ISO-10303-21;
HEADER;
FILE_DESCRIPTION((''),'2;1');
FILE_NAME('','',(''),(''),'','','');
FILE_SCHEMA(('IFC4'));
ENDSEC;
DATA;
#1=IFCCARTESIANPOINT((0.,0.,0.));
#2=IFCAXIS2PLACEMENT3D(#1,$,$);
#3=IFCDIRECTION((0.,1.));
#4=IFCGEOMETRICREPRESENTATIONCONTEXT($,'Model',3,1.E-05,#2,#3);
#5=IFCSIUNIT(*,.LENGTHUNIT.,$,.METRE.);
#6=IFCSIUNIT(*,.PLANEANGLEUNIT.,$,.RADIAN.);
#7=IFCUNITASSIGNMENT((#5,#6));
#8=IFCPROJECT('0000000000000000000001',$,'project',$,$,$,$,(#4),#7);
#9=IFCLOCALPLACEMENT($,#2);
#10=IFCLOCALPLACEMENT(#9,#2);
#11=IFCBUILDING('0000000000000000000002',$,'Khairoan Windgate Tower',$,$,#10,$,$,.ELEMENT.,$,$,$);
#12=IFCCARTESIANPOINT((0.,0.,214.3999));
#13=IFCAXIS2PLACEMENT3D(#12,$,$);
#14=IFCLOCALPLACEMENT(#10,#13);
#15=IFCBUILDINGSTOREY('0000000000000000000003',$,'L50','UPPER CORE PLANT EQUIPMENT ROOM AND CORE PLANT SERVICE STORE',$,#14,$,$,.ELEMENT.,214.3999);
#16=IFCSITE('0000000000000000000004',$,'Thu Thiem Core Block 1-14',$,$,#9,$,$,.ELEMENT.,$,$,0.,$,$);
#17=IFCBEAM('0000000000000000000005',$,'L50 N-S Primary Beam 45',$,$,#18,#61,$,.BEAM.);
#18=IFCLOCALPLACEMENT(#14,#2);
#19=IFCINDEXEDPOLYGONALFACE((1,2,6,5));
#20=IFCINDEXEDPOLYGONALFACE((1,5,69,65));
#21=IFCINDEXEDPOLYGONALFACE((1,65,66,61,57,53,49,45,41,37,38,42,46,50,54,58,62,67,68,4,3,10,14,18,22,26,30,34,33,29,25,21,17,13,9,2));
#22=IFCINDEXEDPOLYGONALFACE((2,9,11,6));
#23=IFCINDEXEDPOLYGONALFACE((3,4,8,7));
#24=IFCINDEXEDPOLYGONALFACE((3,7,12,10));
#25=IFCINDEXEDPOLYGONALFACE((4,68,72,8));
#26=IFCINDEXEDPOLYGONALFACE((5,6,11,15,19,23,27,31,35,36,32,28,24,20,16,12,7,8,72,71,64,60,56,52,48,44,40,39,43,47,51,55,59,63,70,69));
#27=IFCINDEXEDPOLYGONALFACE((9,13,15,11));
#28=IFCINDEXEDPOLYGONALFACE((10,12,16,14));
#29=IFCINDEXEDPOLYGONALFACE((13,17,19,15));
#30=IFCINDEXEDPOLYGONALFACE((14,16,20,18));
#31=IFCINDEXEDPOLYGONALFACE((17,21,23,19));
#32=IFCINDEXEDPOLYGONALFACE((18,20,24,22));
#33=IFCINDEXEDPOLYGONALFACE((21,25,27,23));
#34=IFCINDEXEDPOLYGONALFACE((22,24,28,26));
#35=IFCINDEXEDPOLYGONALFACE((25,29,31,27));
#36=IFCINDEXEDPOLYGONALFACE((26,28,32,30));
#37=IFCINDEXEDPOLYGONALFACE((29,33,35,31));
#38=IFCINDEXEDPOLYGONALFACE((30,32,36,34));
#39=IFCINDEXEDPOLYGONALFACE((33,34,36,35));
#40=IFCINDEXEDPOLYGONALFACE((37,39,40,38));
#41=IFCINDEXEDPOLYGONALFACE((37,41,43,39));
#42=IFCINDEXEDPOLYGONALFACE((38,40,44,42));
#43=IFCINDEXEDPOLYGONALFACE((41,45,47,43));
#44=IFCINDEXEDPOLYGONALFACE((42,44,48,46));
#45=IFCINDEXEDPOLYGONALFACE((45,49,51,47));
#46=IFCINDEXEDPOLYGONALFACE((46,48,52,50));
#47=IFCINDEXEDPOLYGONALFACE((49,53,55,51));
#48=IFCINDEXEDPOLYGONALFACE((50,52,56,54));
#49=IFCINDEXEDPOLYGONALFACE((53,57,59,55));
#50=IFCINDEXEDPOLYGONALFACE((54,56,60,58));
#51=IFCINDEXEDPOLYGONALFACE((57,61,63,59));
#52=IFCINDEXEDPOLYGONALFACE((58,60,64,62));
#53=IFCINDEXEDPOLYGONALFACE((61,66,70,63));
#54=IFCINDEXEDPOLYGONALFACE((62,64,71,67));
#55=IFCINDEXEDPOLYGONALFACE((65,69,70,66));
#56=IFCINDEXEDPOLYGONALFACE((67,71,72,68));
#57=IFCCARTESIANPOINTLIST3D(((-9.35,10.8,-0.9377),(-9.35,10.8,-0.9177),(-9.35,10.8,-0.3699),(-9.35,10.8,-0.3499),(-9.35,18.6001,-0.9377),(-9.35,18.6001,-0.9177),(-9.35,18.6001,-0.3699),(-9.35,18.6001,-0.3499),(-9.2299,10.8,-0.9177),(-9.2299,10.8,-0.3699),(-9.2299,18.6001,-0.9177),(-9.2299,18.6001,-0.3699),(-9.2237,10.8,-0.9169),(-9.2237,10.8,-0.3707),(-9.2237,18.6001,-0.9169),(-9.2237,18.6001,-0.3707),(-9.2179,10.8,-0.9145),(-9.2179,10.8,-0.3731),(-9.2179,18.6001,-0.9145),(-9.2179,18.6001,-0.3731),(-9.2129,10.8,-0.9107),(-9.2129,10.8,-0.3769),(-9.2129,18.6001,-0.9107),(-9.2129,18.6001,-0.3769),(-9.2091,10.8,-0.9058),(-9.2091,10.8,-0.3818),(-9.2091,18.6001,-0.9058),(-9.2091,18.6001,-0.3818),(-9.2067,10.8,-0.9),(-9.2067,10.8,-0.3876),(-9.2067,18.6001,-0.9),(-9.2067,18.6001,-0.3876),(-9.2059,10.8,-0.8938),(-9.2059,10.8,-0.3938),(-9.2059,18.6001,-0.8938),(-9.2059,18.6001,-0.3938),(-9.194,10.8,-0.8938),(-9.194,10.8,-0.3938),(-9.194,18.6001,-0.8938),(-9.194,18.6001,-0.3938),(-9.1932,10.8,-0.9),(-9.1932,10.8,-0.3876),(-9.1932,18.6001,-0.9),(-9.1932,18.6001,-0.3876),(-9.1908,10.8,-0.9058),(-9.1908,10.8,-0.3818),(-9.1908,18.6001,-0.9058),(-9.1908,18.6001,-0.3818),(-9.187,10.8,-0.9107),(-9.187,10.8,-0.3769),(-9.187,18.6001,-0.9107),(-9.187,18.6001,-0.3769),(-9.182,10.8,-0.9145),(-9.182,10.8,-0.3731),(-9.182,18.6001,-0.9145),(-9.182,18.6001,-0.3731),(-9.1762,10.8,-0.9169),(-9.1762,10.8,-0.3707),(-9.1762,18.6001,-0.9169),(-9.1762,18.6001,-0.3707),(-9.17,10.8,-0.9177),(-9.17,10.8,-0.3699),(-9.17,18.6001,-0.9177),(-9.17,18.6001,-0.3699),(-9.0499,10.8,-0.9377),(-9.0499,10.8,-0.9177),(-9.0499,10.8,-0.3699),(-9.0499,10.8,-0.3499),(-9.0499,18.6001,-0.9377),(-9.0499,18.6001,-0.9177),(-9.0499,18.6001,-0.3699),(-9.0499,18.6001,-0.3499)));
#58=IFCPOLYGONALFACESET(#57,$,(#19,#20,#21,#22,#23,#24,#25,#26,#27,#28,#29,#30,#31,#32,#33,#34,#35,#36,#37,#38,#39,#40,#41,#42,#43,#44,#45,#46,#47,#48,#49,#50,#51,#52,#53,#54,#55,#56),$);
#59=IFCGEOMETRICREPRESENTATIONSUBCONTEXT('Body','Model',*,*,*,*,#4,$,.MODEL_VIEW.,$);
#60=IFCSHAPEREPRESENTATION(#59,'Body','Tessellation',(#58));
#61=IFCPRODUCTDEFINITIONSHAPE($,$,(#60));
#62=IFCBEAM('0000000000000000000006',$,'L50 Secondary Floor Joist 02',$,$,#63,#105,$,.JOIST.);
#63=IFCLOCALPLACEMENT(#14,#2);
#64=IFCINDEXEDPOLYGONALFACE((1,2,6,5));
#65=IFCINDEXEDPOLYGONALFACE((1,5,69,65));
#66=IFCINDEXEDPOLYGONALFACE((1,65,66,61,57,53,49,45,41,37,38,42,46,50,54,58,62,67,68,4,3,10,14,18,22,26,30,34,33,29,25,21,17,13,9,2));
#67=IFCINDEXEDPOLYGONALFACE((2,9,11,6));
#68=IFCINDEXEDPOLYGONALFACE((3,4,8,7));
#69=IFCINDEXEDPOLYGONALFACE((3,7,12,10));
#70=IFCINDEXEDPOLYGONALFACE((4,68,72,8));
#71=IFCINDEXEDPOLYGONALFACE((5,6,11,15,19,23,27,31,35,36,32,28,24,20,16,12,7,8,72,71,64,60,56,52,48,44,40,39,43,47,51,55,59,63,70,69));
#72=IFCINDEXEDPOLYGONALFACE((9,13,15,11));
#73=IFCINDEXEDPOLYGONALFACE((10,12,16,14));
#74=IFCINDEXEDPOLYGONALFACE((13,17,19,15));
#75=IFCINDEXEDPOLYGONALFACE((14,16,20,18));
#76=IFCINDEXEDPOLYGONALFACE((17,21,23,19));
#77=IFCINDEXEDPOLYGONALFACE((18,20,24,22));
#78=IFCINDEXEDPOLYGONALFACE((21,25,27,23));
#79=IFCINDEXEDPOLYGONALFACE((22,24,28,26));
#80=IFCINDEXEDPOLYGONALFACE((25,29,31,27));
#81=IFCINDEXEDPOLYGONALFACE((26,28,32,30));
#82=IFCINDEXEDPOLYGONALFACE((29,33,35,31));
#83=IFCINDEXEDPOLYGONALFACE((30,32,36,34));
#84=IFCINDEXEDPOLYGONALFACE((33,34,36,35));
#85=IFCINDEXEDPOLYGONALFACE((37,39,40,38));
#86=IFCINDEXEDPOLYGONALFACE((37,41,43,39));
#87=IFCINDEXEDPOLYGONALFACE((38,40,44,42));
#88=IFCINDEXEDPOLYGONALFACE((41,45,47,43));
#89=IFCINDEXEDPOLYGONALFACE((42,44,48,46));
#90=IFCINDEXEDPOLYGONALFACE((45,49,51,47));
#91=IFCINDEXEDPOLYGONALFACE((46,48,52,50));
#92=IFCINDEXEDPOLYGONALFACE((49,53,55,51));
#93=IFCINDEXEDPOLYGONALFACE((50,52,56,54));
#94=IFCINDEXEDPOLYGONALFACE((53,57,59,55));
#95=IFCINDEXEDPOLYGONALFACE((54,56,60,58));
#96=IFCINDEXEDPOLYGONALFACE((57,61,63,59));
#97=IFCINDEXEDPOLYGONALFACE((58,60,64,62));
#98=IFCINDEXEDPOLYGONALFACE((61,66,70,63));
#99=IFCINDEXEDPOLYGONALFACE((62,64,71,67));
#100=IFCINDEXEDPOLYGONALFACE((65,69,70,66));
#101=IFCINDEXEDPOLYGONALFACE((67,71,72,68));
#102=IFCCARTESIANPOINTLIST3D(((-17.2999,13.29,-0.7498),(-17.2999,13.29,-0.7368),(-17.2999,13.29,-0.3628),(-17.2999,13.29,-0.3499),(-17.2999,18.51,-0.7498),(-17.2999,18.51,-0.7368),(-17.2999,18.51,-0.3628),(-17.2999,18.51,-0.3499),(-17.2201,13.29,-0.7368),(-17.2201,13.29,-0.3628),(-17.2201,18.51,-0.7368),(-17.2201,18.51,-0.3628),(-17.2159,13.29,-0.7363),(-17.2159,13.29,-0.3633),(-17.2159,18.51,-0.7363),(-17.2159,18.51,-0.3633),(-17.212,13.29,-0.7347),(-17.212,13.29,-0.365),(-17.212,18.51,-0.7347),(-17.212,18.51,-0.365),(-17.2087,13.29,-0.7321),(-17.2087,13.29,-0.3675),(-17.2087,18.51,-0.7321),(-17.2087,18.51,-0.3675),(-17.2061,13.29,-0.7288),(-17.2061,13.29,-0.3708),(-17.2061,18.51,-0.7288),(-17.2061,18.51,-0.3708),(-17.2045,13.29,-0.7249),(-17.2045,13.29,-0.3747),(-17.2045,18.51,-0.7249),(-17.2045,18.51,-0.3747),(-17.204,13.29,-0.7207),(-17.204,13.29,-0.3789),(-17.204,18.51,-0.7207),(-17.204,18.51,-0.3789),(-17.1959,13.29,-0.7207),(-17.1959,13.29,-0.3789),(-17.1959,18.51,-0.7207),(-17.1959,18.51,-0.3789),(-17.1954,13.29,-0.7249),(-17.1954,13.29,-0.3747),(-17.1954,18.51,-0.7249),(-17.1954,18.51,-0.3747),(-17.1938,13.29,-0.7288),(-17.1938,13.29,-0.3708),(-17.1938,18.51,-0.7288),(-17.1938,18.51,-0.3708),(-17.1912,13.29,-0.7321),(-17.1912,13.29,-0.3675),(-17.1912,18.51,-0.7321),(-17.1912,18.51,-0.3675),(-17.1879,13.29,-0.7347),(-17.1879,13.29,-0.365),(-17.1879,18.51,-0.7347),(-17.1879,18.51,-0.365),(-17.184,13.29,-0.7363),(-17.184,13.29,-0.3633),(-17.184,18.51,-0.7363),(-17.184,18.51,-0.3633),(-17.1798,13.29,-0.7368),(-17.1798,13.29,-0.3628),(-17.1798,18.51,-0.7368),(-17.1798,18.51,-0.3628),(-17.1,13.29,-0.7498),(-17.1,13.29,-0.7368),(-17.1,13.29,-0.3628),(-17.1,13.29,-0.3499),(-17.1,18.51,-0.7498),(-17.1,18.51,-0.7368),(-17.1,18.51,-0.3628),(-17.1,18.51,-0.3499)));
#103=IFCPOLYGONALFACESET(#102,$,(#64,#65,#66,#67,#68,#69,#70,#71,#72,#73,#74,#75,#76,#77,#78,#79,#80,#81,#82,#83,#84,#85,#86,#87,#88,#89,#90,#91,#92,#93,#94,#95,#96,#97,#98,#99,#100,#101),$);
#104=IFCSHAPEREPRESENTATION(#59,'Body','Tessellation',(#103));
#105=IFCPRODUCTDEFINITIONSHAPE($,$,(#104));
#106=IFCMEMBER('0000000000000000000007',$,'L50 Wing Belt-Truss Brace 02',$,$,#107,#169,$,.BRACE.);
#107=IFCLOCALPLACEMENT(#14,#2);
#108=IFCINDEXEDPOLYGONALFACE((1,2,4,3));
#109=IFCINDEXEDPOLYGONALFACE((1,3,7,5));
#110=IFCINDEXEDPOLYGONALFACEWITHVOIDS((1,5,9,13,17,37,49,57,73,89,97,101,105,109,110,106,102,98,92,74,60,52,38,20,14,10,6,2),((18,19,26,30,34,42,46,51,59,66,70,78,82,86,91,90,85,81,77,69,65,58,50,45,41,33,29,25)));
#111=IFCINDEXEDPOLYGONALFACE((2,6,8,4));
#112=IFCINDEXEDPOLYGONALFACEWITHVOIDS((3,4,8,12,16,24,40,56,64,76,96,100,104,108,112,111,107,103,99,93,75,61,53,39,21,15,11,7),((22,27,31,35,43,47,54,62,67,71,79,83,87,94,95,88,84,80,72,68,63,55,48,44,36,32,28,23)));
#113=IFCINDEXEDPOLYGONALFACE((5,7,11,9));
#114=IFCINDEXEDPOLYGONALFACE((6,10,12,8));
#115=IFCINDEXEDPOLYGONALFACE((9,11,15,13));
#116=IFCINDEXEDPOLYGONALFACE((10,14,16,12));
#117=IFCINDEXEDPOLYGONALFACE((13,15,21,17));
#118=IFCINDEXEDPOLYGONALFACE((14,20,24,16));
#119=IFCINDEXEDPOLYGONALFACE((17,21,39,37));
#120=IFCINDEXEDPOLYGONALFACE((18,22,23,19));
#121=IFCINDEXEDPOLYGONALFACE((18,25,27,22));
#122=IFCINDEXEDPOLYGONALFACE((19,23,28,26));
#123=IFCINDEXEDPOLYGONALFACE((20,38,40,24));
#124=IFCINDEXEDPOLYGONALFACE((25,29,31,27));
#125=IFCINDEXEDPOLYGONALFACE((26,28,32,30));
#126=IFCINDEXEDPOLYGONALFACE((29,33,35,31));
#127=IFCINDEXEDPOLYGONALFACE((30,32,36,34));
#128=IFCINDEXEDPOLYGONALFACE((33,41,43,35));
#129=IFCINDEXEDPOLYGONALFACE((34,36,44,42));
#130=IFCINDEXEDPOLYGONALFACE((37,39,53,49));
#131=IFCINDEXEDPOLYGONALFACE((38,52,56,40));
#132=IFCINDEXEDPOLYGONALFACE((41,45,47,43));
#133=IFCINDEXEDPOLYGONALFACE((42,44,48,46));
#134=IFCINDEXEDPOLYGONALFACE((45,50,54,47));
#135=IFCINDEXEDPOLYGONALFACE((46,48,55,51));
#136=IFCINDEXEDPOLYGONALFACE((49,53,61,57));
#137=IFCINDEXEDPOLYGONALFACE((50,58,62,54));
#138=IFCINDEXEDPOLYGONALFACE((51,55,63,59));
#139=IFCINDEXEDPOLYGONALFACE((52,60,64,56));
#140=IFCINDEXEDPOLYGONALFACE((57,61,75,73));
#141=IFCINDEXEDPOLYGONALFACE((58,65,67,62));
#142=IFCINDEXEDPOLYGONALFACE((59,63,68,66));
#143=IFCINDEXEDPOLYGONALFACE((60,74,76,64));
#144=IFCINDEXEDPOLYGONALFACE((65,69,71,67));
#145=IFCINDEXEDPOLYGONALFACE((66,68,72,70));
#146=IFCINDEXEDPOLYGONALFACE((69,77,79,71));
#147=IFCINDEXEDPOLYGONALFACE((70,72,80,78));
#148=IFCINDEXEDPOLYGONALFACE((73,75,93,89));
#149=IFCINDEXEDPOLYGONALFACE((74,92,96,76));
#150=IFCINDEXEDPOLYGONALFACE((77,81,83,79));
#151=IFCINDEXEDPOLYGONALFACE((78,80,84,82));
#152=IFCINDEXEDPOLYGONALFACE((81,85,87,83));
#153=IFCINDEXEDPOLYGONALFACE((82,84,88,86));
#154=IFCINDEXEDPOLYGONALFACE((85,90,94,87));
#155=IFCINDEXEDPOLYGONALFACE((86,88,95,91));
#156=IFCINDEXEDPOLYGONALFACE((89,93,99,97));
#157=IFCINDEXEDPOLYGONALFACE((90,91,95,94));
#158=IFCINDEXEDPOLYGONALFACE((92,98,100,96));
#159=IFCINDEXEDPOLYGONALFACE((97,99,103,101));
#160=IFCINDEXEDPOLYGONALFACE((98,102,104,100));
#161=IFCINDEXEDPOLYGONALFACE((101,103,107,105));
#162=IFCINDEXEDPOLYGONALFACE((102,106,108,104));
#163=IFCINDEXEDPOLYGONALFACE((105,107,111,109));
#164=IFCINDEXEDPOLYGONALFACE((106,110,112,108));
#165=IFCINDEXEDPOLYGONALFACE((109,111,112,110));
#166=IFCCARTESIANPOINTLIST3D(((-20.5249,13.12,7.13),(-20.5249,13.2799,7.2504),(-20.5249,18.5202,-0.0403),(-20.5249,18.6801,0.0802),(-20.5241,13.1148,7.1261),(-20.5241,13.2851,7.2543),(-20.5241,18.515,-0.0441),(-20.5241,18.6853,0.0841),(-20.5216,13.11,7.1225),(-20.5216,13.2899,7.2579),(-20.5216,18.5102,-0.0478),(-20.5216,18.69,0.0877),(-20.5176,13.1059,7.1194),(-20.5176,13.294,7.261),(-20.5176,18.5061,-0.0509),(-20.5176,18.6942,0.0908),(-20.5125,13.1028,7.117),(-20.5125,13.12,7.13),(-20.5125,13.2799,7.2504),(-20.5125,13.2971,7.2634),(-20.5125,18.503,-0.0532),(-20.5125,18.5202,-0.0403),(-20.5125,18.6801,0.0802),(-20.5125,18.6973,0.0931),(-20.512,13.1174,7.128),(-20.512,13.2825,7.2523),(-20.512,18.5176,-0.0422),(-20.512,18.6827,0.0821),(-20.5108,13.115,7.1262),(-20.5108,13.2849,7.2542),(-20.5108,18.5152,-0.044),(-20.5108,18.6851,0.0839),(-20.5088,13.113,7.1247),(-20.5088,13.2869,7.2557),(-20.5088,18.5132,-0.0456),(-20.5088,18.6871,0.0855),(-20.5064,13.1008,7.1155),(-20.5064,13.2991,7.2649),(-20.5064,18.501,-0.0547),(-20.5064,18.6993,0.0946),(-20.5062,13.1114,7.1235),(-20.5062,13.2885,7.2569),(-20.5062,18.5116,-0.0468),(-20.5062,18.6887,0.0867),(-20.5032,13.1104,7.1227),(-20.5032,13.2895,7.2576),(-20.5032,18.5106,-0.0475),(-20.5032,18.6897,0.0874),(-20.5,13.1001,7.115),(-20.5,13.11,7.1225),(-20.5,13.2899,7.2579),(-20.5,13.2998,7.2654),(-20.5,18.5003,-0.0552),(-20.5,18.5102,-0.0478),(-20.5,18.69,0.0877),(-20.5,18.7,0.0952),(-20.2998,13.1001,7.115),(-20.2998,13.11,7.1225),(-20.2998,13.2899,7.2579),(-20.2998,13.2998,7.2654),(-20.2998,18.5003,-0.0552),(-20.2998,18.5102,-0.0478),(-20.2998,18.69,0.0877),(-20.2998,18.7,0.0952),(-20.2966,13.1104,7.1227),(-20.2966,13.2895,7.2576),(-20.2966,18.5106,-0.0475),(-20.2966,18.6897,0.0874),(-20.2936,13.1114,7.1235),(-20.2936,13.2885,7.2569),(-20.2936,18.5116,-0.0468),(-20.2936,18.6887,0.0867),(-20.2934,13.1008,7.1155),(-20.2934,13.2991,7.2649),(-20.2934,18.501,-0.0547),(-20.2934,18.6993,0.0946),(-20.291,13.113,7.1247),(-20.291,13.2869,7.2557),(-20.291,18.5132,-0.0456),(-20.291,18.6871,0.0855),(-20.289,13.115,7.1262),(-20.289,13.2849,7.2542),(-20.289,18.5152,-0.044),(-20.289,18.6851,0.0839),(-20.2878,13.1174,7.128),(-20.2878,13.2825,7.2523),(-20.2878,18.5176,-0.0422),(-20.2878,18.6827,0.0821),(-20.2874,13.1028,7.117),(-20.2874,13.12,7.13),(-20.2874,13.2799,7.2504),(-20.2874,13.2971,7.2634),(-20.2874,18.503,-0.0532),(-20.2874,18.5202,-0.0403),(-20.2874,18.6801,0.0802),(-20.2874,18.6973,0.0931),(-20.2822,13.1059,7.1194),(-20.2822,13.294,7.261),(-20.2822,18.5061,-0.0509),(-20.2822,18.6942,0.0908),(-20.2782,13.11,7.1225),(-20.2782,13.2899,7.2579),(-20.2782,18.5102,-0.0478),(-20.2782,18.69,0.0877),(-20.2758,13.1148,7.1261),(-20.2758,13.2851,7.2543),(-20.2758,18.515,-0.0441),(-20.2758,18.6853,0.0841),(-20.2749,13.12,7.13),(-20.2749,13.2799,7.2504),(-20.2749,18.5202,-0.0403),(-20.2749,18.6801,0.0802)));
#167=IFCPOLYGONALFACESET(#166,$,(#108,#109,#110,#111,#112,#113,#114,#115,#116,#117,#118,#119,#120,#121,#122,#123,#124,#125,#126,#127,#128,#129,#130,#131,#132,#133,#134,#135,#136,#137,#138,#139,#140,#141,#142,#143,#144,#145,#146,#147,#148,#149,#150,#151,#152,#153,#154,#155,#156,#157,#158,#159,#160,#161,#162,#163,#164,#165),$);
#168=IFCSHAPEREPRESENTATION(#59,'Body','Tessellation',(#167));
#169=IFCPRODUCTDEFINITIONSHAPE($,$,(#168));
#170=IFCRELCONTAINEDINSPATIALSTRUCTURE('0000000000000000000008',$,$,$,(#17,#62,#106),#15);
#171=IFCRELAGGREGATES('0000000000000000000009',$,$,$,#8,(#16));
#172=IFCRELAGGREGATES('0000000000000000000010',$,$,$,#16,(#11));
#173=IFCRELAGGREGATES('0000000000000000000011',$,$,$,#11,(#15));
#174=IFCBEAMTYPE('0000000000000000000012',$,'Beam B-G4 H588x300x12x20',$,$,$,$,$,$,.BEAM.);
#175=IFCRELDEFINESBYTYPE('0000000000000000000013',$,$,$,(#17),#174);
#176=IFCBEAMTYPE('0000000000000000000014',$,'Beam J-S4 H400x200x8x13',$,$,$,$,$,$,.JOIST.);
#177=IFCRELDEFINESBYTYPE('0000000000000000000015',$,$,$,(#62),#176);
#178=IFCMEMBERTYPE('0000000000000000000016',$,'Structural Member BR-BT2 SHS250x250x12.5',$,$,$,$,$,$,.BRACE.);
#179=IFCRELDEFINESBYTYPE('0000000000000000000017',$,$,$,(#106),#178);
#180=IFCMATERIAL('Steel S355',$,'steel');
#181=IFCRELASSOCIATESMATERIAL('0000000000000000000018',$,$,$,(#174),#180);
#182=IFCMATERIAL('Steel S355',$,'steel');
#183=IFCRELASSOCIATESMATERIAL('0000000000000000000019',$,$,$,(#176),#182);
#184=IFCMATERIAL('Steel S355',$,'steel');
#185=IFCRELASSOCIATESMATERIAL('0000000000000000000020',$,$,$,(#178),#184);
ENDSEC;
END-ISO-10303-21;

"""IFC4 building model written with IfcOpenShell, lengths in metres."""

from ifc_helpers import new_model, si_unit, direction, frame, origin, origin_2d, place, context, subcontext, project, spatial, hollow_rectangle, i_section, extrude, material, material_profile, profile_set, type_object, element, save


model = new_model("IFC4")

# Units and contexts
model_context = context("Model", 3, precision=1e-05, world=origin(), true_north=direction((0.0, 1.0)))
body_context = subcontext(model_context, "Body", "Model", "MODEL_VIEW")
ifc_project = project(units=[si_unit("LENGTHUNIT", "METRE"), si_unit("PLANEANGLEUNIT", "RADIAN")], contexts=[model_context])

# Site, building, storey
site_placement = place(None, origin())
site = spatial("IfcSite", under=ifc_project, at=site_placement, Name="Thu Thiem Core Block 1-14", CompositionType="ELEMENT", RefElevation=0.0)
building_placement = place(site_placement, origin())
building = spatial("IfcBuilding", under=site, at=building_placement, Name="Khairoan Windgate Tower", CompositionType="ELEMENT")
storey_placement = place(building_placement, frame((0.0, 0.0, 214.3999)))
storey = spatial("IfcBuildingStorey", under=building, at=storey_placement, Name="L50", Description="UPPER CORE PLANT EQUIPMENT ROOM AND CORE PLANT SERVICE STORE", CompositionType="ELEMENT", Elevation=214.3999)

# Beams
ifc_material_1 = material(Name="Steel S355", Category="steel")
ifc_material_profile_1 = material_profile(ifc_material_1, i_section(OverallWidth=0.3, OverallDepth=0.5879, WebThickness=0.012, FlangeThickness=0.02, FilletRadius=0.0239, at=origin_2d()))
ifc_profile_set_1 = profile_set([ifc_material_profile_1], Name="Steel S355")
beam_type_1 = type_object("IfcBeamType", Name="Beam B-G4 H588x300x12x20", PredefinedType="BEAM", material=ifc_profile_set_1)
beam_1_placement = place(storey_placement, frame((-9.2, 10.8, -0.6438), z_axis=(0.0, 1.0, 0.0), x_axis=(-1.0, 0.0, 0.0)))
element("IfcBeam", 1, at=beam_1_placement, inside=storey, type_object=beam_type_1, Name="L50 N-S Primary Beam 45", PredefinedType="BEAM", context=body_context, shape_type="SweptSolid", body=[
    extrude(i_section(OverallWidth=0.3, OverallDepth=0.5879, WebThickness=0.012, FlangeThickness=0.02, FilletRadius=0.0239, at=origin_2d()), origin(), (0.0, 0.0, 1.0), 7.8),
])
ifc_material_2 = material(Name="Steel S355", Category="steel")
ifc_material_profile_2 = material_profile(ifc_material_2, i_section(OverallWidth=0.2, OverallDepth=0.3999, WebThickness=0.0081, FlangeThickness=0.0129, FilletRadius=0.0161, at=origin_2d()))
ifc_profile_set_2 = profile_set([ifc_material_profile_2], Name="Steel S355")
beam_type_2 = type_object("IfcBeamType", Name="Beam J-S4 H400x200x8x13", PredefinedType="JOIST", material=ifc_profile_set_2)
beam_2_placement = place(storey_placement, frame((-17.2, 13.29, -0.5498), z_axis=(0.0, 1.0, 0.0), x_axis=(-1.0, 0.0, 0.0)))
element("IfcBeam", 2, at=beam_2_placement, inside=storey, type_object=beam_type_2, Name="L50 Secondary Floor Joist 02", PredefinedType="JOIST", context=body_context, shape_type="SweptSolid", body=[
    extrude(i_section(OverallWidth=0.2, OverallDepth=0.3999, WebThickness=0.0081, FlangeThickness=0.0129, FilletRadius=0.0161, at=origin_2d()), origin(), (0.0, 0.0, 1.0), 5.22),
])

# Member
ifc_material_3 = material(Name="Steel S355", Category="steel")
ifc_material_profile_3 = material_profile(ifc_material_3, hollow_rectangle(XDim=0.25, YDim=0.25, WallThickness=0.0125, InnerFilletRadius=0.0125, OuterFilletRadius=0.0249, at=origin_2d()))
ifc_profile_set_3 = profile_set([ifc_material_profile_3], Name="Steel S355")
member_type = type_object("IfcMemberType", Name="Structural Member BR-BT2 SHS250x250x12.5", PredefinedType="BRACE", material=ifc_profile_set_3)
for number, where, z_axis, x_axis, name in (
    (3, (-20.3999, 13.2, 7.1902), (0.0, 0.601605, -0.798794), (0.0, 0.798794, 0.601605), "L50 Wing Belt-Truss Brace 02"),
):
    element("IfcMember", number, at=place(storey_placement, frame(where, z_axis=z_axis, x_axis=x_axis)), inside=storey, type_object=member_type, Name=name, PredefinedType="BRACE", context=body_context, shape_type="SweptSolid", body=[
        extrude(hollow_rectangle(XDim=0.25, YDim=0.25, WallThickness=0.0125, InnerFilletRadius=0.0125, OuterFilletRadius=0.0249, at=origin_2d()), origin(), (0.0, 0.0, 1.0), 8.9763),
    ])

save(model, "model.ifc")
